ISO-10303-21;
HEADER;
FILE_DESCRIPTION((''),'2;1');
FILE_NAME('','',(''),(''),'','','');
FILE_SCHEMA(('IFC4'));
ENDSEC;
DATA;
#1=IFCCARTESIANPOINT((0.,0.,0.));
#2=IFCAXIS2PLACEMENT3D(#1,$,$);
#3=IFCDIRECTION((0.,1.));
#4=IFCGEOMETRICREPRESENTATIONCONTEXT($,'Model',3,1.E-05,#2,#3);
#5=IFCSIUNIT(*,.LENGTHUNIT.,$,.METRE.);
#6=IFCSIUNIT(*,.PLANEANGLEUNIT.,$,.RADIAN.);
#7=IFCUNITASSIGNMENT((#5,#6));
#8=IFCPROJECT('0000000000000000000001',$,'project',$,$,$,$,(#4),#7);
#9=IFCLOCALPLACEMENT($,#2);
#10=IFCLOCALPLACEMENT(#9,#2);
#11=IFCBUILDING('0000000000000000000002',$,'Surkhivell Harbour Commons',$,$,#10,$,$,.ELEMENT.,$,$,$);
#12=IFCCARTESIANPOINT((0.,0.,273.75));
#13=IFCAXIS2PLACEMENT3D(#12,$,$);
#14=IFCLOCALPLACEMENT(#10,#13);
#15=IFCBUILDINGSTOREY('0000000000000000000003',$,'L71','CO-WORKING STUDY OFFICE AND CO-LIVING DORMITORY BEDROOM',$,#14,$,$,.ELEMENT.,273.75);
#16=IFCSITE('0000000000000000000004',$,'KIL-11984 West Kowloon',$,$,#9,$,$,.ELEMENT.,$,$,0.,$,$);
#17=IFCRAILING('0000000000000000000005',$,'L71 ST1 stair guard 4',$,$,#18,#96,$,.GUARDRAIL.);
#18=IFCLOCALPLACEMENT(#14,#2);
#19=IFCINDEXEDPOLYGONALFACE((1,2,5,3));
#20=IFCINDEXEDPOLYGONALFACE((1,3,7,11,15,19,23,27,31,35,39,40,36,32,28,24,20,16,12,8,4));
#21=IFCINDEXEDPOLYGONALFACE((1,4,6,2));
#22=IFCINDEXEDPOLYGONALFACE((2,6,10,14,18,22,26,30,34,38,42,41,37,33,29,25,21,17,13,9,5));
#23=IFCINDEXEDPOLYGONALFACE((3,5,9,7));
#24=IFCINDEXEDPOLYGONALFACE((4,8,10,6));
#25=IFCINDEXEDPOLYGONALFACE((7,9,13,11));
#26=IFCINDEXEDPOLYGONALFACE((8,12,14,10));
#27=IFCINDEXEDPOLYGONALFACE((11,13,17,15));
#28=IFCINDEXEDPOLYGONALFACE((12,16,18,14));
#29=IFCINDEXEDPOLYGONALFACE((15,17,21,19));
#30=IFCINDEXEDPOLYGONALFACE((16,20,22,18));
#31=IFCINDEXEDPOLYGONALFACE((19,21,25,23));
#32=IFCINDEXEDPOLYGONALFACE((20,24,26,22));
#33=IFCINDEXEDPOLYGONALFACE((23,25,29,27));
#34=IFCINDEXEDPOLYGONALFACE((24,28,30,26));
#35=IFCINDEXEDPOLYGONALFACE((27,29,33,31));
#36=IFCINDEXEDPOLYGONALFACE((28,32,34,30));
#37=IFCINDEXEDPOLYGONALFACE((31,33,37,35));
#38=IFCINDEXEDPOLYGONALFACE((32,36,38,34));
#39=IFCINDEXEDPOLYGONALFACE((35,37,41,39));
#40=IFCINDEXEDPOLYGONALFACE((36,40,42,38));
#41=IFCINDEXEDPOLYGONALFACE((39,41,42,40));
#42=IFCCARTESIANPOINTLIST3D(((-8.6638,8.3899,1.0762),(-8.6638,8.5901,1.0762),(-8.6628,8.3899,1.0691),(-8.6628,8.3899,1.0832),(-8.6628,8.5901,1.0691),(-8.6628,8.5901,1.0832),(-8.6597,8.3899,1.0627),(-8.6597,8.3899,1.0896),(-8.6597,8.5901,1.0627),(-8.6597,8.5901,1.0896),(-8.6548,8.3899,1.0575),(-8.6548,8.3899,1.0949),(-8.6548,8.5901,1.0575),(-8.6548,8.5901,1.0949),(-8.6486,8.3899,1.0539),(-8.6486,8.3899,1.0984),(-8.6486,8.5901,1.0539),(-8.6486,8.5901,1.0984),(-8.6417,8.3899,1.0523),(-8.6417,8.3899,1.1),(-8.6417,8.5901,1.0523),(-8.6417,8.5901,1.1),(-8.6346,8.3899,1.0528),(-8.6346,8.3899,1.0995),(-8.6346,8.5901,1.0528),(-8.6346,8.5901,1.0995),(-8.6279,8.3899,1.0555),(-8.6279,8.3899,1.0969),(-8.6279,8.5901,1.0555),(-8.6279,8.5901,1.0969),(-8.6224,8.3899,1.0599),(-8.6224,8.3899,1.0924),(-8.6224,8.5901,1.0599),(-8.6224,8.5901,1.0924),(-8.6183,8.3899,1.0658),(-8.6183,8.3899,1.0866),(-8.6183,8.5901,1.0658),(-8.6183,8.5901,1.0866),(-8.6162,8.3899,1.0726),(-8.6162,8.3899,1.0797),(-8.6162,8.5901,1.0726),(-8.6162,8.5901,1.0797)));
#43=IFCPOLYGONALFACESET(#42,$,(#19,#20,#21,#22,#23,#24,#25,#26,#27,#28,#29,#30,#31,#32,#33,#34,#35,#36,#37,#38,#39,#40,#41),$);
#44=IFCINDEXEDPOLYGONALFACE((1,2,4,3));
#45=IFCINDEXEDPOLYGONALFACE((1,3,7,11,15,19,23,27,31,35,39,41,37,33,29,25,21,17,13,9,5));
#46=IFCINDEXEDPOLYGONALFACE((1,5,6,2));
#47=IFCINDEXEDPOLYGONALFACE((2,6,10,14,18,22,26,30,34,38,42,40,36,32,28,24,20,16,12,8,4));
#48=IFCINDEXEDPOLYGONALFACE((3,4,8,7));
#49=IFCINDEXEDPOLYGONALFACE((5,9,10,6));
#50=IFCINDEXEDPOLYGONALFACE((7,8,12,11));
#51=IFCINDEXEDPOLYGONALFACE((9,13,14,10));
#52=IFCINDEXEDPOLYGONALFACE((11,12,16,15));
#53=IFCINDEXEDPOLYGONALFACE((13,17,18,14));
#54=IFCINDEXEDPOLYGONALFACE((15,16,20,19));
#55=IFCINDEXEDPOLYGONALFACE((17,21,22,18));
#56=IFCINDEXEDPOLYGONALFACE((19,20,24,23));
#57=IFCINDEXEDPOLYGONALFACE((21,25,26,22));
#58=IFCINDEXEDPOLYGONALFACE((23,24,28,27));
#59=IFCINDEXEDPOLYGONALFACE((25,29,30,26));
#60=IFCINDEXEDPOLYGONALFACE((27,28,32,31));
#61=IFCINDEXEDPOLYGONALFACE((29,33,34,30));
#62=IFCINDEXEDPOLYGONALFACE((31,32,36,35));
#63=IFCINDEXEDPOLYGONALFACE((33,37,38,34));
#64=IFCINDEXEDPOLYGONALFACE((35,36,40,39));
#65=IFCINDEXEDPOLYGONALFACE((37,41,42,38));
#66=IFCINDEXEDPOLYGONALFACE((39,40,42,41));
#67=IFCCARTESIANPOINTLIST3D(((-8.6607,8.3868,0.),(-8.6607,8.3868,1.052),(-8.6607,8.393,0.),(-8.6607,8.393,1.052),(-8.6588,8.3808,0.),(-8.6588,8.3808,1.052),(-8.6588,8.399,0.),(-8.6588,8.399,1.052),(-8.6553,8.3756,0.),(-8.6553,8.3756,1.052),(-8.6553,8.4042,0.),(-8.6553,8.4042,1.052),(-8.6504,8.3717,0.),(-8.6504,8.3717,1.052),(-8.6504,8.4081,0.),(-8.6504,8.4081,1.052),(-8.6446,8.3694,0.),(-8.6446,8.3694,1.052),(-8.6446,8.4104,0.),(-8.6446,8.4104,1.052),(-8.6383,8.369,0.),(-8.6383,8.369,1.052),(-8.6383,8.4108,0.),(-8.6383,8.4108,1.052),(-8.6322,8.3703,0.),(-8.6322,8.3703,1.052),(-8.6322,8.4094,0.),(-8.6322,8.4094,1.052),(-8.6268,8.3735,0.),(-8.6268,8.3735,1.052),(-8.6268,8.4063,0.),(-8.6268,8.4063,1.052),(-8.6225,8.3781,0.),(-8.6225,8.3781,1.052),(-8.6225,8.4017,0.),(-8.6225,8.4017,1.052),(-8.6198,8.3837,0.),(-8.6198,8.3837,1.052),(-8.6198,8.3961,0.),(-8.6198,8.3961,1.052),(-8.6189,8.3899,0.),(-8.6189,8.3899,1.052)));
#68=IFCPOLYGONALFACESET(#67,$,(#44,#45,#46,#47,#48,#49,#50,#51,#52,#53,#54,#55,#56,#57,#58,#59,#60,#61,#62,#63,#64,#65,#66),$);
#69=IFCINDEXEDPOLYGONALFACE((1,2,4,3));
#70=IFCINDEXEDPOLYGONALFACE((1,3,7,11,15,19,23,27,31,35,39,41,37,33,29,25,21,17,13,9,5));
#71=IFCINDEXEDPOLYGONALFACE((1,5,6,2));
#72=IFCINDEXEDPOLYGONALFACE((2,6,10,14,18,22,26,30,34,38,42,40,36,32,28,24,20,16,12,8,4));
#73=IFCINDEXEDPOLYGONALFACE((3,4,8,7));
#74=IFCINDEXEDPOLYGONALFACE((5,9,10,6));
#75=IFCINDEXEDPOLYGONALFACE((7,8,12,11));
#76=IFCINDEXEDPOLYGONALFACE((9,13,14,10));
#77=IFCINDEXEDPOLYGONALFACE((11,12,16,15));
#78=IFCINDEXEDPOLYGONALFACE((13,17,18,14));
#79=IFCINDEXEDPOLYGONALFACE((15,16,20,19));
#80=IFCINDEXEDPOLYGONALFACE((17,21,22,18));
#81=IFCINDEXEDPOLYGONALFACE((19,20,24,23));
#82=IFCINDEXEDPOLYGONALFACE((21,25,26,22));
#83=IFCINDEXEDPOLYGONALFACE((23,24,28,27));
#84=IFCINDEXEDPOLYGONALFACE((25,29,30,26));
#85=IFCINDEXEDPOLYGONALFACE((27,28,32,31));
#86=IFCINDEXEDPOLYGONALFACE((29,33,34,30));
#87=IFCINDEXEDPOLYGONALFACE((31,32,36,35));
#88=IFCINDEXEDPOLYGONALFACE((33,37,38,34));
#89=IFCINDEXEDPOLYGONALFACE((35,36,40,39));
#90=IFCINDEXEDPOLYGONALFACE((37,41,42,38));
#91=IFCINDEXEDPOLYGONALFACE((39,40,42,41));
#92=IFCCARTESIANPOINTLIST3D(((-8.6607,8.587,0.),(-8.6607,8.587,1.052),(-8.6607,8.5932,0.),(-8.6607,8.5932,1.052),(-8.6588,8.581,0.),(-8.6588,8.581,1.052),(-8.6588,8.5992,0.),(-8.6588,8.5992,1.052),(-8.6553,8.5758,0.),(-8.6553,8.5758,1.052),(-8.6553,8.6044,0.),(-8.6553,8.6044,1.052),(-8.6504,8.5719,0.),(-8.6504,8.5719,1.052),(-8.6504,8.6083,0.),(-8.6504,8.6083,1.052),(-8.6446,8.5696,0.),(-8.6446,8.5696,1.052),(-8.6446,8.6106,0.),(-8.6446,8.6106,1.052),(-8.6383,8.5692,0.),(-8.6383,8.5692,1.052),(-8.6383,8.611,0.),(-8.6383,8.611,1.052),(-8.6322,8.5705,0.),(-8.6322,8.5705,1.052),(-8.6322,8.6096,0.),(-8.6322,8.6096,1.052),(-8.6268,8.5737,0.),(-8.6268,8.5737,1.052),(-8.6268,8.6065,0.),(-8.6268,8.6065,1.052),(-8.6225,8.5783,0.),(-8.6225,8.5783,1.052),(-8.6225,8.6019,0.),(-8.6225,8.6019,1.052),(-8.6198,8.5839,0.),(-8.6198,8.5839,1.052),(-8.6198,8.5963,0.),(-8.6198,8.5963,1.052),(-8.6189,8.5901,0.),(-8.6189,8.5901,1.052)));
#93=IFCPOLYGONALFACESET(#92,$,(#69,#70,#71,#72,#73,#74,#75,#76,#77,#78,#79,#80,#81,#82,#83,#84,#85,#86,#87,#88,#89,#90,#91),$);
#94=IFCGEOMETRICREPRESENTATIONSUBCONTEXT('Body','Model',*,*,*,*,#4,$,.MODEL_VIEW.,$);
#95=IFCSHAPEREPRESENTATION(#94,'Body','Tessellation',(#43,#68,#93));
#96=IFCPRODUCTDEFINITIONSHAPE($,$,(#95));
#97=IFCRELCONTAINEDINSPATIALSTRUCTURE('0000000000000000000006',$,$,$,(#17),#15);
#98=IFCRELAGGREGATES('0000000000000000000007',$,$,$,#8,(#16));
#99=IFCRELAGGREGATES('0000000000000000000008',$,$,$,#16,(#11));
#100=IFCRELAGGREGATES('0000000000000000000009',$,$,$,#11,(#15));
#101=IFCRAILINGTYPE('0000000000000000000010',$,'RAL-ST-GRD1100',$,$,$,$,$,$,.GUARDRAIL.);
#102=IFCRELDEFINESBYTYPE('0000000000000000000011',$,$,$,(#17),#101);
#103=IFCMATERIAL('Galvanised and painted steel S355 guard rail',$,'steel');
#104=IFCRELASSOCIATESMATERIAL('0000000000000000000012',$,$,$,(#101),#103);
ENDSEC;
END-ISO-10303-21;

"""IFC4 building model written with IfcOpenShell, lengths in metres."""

from ifc_helpers import new_model, si_unit, direction, frame, origin, origin_2d, place, context, subcontext, project, spatial, circle, extrude, material, type_object, element, save


model = new_model("IFC4")

# Units and contexts
model_context = context("Model", 3, precision=1e-05, world=origin(), true_north=direction((0.0, 1.0)))
body_context = subcontext(model_context, "Body", "Model", "MODEL_VIEW")
ifc_project = project(units=[si_unit("LENGTHUNIT", "METRE"), si_unit("PLANEANGLEUNIT", "RADIAN")], contexts=[model_context])

# Site, building, storey
site_placement = place(None, origin())
site = spatial("IfcSite", under=ifc_project, at=site_placement, Name="KIL-11984 West Kowloon", CompositionType="ELEMENT", RefElevation=0.0)
building_placement = place(site_placement, origin())
building = spatial("IfcBuilding", under=site, at=building_placement, Name="Surkhivell Harbour Commons", CompositionType="ELEMENT")
storey_placement = place(building_placement, frame((0.0, 0.0, 273.75)))
storey = spatial("IfcBuildingStorey", under=building, at=storey_placement, Name="L71", Description="CO-WORKING STUDY OFFICE AND CO-LIVING DORMITORY BEDROOM", CompositionType="ELEMENT", Elevation=273.75)

# Railing
ifc_material_1 = material(Name="Galvanised and painted steel S355 guard rail", Category="steel")
railing_type_1 = type_object("IfcRailingType", Name="RAL-ST-GRD1100", PredefinedType="GUARDRAIL", material=ifc_material_1)
railing_1_placement = place(storey_placement, frame((-8.6399, 8.3899, 0.0)))
element("IfcRailing", 1, at=railing_1_placement, inside=storey, type_object=railing_type_1, Name="L71 ST1 stair guard 4", PredefinedType="GUARDRAIL", context=body_context, shape_type="SweptSolid", body=[
    extrude(circle(Radius=0.0239, at=origin_2d()), frame((0.0, 0.0, 1.0762), z_axis=(0.0, 1.0, 0.0), x_axis=(-1.0, 0.0, 0.0)), (0.0, 0.0, 1.0), 0.2002),
    extrude(circle(Radius=0.021, at=origin_2d()), origin(), (0.0, 0.0, 1.0), 1.052),
    extrude(circle(Radius=0.021, at=origin_2d()), frame((0.0, 0.2002, 0.0)), (0.0, 0.0, 1.0), 1.052),
])

save(model, "model.ifc")
